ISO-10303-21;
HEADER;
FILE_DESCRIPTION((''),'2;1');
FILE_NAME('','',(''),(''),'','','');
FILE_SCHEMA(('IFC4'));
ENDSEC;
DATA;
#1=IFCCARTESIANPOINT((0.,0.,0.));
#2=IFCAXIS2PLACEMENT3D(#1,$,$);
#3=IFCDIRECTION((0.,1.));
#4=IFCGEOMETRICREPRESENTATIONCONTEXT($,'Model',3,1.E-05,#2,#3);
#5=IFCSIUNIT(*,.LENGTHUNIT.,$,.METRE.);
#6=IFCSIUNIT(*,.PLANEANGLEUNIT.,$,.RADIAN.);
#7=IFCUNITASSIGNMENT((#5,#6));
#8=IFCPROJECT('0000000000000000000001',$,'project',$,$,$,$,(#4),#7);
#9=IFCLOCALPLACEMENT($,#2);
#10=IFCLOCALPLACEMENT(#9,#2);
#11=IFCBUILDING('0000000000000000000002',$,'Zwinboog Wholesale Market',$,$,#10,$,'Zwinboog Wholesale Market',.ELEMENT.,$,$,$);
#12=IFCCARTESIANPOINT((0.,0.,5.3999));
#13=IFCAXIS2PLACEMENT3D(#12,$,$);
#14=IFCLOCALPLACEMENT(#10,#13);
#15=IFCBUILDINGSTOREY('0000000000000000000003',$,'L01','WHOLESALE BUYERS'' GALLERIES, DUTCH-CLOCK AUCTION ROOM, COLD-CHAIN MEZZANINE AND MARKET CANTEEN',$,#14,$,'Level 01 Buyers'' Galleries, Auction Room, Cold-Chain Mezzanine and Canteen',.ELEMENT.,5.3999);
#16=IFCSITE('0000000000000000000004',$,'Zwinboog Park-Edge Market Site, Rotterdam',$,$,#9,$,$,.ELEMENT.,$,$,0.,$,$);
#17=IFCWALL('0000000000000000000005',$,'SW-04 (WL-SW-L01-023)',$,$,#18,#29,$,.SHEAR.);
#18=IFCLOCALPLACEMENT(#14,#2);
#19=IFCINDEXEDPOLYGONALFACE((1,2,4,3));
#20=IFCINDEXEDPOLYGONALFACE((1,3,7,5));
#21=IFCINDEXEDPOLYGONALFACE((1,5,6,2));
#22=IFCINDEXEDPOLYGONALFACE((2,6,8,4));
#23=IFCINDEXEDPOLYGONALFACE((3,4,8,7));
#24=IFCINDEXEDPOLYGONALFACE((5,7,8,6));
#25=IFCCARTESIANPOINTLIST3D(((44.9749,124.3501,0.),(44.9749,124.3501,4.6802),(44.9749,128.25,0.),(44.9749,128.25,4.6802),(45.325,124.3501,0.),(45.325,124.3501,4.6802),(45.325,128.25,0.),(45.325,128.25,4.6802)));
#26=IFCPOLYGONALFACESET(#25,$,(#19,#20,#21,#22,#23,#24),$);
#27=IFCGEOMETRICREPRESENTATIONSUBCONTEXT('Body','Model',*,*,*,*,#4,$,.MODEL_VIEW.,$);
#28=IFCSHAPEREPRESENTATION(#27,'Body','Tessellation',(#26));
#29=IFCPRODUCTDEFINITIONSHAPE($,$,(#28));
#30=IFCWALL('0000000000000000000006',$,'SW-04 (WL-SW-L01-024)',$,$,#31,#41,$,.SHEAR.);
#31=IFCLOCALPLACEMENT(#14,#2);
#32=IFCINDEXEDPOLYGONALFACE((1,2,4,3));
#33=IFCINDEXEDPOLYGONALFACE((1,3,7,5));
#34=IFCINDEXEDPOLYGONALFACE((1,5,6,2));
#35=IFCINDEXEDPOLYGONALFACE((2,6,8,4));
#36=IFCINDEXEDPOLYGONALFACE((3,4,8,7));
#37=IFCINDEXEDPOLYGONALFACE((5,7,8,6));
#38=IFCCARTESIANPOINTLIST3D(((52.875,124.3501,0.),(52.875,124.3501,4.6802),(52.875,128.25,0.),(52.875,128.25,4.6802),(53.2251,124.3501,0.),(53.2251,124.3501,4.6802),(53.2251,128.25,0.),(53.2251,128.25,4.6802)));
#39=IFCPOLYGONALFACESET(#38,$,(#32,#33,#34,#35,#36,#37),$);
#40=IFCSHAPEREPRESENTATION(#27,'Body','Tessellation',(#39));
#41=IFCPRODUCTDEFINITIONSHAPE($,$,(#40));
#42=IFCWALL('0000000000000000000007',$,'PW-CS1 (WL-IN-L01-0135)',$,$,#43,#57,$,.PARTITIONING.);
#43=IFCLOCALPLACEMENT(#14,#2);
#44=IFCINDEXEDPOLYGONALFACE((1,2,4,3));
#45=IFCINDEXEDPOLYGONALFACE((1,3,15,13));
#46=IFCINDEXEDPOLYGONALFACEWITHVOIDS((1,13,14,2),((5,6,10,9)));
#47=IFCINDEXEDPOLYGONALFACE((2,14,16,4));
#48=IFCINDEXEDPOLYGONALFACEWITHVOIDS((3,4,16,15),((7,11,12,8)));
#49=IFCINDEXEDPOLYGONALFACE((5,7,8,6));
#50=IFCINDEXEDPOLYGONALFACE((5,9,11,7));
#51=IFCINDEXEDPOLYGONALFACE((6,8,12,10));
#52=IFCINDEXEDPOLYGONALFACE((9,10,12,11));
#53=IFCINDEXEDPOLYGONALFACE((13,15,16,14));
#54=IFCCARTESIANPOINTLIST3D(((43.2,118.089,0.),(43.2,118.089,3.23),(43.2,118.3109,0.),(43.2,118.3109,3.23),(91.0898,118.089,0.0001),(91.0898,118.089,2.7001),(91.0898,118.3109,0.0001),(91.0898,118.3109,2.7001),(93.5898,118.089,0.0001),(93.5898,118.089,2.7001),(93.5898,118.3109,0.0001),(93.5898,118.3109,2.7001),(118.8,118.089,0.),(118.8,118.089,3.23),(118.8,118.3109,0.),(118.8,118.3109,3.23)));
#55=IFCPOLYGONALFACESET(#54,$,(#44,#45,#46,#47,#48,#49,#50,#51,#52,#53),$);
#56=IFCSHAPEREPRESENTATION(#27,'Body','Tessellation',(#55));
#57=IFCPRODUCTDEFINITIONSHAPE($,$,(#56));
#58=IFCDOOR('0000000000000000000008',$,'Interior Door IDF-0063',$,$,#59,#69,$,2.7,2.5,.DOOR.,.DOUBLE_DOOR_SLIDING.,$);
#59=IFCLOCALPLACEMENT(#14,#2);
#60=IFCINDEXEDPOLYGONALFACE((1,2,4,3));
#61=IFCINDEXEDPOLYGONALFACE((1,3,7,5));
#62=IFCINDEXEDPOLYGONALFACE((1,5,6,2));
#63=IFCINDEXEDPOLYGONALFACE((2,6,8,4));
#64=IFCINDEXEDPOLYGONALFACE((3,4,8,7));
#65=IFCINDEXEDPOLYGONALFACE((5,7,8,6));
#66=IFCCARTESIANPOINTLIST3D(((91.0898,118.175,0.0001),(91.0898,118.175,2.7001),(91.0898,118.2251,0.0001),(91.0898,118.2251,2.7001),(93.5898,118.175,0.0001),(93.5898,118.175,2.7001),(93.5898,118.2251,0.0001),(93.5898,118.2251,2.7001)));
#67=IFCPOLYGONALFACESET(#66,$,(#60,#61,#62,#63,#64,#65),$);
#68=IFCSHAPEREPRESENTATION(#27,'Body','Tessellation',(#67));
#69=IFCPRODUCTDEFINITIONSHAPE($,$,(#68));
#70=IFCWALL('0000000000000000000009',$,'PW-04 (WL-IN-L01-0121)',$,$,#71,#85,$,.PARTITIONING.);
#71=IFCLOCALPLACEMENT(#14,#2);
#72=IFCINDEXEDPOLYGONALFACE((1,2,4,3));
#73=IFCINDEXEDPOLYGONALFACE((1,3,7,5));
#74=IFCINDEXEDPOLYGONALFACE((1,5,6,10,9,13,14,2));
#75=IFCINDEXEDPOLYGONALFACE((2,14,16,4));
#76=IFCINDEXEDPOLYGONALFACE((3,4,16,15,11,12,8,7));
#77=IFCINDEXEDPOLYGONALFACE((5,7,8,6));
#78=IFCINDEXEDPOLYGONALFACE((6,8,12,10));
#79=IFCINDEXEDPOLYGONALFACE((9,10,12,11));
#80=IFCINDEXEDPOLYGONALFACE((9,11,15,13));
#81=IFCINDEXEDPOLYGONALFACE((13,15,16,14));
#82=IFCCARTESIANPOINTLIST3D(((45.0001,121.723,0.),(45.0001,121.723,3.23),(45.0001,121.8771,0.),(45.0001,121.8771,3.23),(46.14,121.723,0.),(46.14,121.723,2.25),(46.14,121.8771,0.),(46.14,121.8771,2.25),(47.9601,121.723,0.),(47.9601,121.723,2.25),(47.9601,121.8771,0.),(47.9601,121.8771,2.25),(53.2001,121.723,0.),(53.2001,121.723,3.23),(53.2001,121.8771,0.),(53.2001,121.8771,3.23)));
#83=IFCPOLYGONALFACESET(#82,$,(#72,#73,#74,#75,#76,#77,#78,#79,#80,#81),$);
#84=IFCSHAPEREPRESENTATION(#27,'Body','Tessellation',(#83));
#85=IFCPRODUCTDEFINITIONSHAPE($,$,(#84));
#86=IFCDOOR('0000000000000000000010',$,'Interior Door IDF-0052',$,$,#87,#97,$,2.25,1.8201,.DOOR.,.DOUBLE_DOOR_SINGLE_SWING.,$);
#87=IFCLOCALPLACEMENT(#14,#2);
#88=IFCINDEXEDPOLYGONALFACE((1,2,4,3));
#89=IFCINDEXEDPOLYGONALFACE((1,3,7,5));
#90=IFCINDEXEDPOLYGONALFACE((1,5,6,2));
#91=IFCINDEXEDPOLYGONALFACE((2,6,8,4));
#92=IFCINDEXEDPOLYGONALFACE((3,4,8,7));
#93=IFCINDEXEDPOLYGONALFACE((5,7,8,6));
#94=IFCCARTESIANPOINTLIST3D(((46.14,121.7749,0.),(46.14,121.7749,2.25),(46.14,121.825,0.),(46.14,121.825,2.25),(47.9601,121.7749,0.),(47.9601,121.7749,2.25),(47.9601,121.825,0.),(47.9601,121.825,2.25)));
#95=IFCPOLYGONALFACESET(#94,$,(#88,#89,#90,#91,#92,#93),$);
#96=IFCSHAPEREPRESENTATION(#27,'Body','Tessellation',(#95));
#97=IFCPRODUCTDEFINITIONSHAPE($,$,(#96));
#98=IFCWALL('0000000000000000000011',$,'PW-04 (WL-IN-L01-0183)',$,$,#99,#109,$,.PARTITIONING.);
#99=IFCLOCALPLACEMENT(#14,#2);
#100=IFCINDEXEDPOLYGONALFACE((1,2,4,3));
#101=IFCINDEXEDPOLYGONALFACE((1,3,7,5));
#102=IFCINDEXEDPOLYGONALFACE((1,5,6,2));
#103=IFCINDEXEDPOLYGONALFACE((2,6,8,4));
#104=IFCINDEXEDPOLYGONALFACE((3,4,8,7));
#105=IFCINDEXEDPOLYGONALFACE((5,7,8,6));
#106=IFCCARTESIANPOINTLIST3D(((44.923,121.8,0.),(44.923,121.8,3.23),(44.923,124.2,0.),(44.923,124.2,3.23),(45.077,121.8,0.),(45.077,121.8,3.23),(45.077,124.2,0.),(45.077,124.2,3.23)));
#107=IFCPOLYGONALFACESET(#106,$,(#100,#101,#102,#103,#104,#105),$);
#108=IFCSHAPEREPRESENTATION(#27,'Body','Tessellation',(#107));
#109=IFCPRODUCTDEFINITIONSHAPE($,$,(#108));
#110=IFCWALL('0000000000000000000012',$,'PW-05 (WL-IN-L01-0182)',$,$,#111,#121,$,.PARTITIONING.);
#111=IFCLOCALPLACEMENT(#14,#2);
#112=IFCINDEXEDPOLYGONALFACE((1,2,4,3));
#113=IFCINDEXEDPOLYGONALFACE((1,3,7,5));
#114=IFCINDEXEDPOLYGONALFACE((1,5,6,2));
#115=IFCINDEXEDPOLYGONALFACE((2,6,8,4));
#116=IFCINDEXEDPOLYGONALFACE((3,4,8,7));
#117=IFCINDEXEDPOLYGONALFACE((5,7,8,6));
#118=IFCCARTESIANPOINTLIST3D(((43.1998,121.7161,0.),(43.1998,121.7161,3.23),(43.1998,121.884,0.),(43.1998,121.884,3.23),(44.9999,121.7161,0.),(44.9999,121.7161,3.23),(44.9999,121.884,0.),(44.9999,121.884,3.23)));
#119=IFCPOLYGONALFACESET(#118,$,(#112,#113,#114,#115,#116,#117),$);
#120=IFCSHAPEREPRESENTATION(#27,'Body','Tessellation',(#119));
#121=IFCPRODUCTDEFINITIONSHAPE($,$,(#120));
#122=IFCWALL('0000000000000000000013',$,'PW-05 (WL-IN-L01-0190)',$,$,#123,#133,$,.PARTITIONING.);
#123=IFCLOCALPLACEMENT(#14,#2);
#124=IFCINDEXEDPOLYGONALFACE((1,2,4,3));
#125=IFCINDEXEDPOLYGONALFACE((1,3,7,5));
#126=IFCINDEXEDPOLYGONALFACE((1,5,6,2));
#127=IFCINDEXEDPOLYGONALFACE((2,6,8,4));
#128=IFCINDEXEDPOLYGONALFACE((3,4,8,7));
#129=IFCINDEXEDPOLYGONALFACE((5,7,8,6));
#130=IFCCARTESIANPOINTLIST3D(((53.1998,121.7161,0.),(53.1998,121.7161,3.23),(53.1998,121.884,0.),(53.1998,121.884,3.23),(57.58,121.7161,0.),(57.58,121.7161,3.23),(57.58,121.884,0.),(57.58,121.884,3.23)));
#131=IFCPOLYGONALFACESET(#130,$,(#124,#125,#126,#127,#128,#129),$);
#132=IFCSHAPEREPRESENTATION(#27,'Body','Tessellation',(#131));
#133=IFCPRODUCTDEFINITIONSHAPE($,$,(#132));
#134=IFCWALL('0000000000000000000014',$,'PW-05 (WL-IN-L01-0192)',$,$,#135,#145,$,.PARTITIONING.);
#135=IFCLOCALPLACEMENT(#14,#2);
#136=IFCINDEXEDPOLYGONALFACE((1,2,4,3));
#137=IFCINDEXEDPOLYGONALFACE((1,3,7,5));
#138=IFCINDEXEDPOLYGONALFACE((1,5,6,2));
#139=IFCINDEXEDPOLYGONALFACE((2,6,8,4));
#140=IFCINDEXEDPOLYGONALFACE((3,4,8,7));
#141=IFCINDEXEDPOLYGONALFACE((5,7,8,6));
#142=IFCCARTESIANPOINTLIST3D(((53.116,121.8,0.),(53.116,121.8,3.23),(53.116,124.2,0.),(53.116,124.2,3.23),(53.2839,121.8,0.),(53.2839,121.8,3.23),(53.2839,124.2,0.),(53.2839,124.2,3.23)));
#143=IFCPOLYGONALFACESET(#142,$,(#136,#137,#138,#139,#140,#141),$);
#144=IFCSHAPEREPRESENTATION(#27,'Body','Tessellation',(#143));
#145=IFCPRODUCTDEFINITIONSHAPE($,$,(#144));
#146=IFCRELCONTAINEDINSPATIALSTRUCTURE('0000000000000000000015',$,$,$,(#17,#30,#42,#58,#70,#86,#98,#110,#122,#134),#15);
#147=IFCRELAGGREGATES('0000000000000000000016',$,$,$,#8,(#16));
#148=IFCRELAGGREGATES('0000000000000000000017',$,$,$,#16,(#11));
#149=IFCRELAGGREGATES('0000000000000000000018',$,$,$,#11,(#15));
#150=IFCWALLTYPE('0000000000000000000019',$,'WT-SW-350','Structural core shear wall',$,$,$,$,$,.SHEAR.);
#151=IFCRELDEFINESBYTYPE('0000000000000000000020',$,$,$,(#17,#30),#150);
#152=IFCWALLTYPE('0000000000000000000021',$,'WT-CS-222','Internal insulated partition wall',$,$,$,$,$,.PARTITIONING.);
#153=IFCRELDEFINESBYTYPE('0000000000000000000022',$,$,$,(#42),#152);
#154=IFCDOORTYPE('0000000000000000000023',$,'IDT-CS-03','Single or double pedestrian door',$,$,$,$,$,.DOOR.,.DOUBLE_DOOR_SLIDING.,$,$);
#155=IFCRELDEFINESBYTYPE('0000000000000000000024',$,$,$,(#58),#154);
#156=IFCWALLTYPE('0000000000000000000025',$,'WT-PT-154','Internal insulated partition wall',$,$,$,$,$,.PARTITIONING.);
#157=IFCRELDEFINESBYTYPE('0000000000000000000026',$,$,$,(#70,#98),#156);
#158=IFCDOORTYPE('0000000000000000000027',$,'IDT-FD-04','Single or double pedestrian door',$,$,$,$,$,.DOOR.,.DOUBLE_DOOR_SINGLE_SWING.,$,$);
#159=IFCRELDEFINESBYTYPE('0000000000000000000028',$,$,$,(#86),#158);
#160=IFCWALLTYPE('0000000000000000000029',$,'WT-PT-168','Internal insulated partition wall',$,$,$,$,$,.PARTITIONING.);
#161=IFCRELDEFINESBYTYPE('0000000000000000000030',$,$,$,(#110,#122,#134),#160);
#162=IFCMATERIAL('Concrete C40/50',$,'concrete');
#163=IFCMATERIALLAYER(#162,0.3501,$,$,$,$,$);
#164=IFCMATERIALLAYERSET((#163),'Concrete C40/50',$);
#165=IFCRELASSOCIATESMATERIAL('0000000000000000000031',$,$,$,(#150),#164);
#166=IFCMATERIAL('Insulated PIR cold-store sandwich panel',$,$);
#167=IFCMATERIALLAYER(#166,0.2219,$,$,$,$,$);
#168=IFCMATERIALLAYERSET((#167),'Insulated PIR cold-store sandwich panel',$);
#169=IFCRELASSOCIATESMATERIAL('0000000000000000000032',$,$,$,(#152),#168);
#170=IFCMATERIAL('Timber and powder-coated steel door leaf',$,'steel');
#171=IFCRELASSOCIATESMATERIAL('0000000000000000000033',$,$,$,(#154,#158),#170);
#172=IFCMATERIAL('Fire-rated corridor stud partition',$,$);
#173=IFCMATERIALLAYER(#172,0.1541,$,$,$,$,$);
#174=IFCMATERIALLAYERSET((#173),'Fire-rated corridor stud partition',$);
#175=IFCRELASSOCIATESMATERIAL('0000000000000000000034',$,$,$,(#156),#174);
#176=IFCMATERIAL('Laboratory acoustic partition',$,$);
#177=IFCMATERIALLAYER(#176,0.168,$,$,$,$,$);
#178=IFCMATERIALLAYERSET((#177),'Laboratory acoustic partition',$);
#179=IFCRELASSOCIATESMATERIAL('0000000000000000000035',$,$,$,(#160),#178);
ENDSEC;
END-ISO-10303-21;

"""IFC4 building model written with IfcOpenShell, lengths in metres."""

from ifc_helpers import new_model, si_unit, direction, frame, frame_2d, origin, place, context, subcontext, project, spatial, rectangle, extrude, material, layer, layer_set, type_object, element, fill, save


model = new_model("IFC4")

# Units and contexts
model_context = context("Model", 3, precision=1e-05, world=origin(), true_north=direction((0.0, 1.0)))
body_context = subcontext(model_context, "Body", "Model", "MODEL_VIEW")
ifc_project = project(units=[si_unit("LENGTHUNIT", "METRE"), si_unit("PLANEANGLEUNIT", "RADIAN")], contexts=[model_context])

# Site, building, storey
site_placement = place(None, origin())
site = spatial("IfcSite", under=ifc_project, at=site_placement, Name="Zwinboog Park-Edge Market Site, Rotterdam", CompositionType="ELEMENT", RefElevation=0.0)
building_placement = place(site_placement, origin())
building = spatial("IfcBuilding", under=site, at=building_placement, Name="Zwinboog Wholesale Market", LongName="Zwinboog Wholesale Market", CompositionType="ELEMENT")
storey_placement = place(building_placement, frame((0.0, 0.0, 5.3999)))
storey = spatial("IfcBuildingStorey", under=building, at=storey_placement, Name="L01", Description="WHOLESALE BUYERS' GALLERIES, DUTCH-CLOCK AUCTION ROOM, COLD-CHAIN MEZZANINE AND MARKET CANTEEN", LongName="Level 01 Buyers' Galleries, Auction Room, Cold-Chain Mezzanine and Canteen", CompositionType="ELEMENT", Elevation=5.3999)

# Shared definitions
ifc_material_1 = material(Name="Concrete C40/50", Category="concrete")
ifc_layer_1 = layer(ifc_material_1, 0.3501)
ifc_layer_set_1 = layer_set([ifc_layer_1], Name="Concrete C40/50")
wall_type_1 = type_object("IfcWallType", Name="WT-SW-350", Description="Structural core shear wall", PredefinedType="SHEAR", material=ifc_layer_set_1)
ifc_material_2 = material(Name="Timber and powder-coated steel door leaf", Category="steel")

# Walls
for number, where, z_axis, x_axis, name in (
    (1, (45.1499, 124.3501, 0.0), (0.0, 0.0, 1.0), (0.0, 1.0, 0.0), "SW-04 (WL-SW-L01-023)"),
    (2, (53.05, 124.3501, 0.0), (0.0, 0.0, 1.0), (0.0, 1.0, 0.0), "SW-04 (WL-SW-L01-024)"),
):
    element("IfcWall", number, at=place(storey_placement, frame(where, z_axis=z_axis, x_axis=x_axis)), inside=storey, type_object=wall_type_1, Name=name, PredefinedType="SHEAR", context=body_context, shape_type="SweptSolid", body=[
        extrude(rectangle(XDim=3.8999, YDim=0.3501, at=frame_2d((1.95, 0.0))), origin(), (0.0, 0.0, 1.0), 4.6802),
    ])

# Walls, openings, doors
ifc_material_3 = material(Name="Insulated PIR cold-store sandwich panel")
ifc_layer_2 = layer(ifc_material_3, 0.2219)
ifc_layer_set_2 = layer_set([ifc_layer_2], Name="Insulated PIR cold-store sandwich panel")
wall_type_2 = type_object("IfcWallType", Name="WT-CS-222", Description="Internal insulated partition wall", PredefinedType="PARTITIONING", material=ifc_layer_set_2)
wall_1_placement = place(storey_placement, frame((43.2, 118.2, 0.0), z_axis=(0.0, 0.0, 1.0), x_axis=(1.0, 0.0, 0.0)))
wall_1 = element("IfcWall", 3, at=wall_1_placement, inside=storey, type_object=wall_type_2, Name="PW-CS1 (WL-IN-L01-0135)", PredefinedType="PARTITIONING", context=body_context, shape_type="SweptSolid", body=[
    extrude(rectangle(XDim=75.6001, YDim=0.2219, at=frame_2d((37.8, 0.0))), origin(), (0.0, 0.0, 1.0), 3.23),
])
opening_1_placement = place(wall_1_placement, frame((47.8899, 0.0, 0.0)))
opening_1 = element("IfcOpeningElement", 4, at=opening_1_placement, cuts=wall_1, PredefinedType="OPENING", context=body_context, shape_type="SweptSolid", body=[
    extrude(rectangle(XDim=2.5, YDim=2.7, at=frame_2d((1.25, 1.3501))), frame((0.0, 0.1208, 0.0), z_axis=(0.0, -1.0, 0.0), x_axis=(1.0, 0.0, 0.0)), (0.0, 0.0, 1.0), 0.2419),
])
door_type_1 = type_object("IfcDoorType", Name="IDT-CS-03", Description="Single or double pedestrian door", OperationType="DOUBLE_DOOR_SLIDING", PredefinedType="DOOR", material=ifc_material_2)
door_1_placement = place(opening_1_placement, frame((2.5, 0.0, 0.0), z_axis=(0.0, 0.0, 1.0), x_axis=(-1.0, 0.0, 0.0)))
door_1 = element("IfcDoor", 5, at=door_1_placement, inside=storey, type_object=door_type_1, Name="Interior Door IDF-0063", OperationType="DOUBLE_DOOR_SLIDING", OverallHeight=2.7, OverallWidth=2.5, PredefinedType="DOOR", context=body_context, shape_type="SweptSolid", body=[
    extrude(rectangle(XDim=2.5, YDim=2.7, at=frame_2d((1.25, 1.3501))), frame((0.0, 0.0249, 0.0), z_axis=(0.0, -1.0, 0.0), x_axis=(1.0, 0.0, 0.0)), (0.0, 0.0, 1.0), 0.05),
])
fill(opening_1, door_1)
ifc_material_4 = material(Name="Fire-rated corridor stud partition")
ifc_layer_3 = layer(ifc_material_4, 0.1541)
ifc_layer_set_3 = layer_set([ifc_layer_3], Name="Fire-rated corridor stud partition")
wall_type_3 = type_object("IfcWallType", Name="WT-PT-154", Description="Internal insulated partition wall", PredefinedType="PARTITIONING", material=ifc_layer_set_3)
wall_2_placement = place(storey_placement, frame((45.0, 121.8, 0.0), z_axis=(0.0, 0.0, 1.0), x_axis=(1.0, 0.0, 0.0)))
wall_2 = element("IfcWall", 6, at=wall_2_placement, inside=storey, type_object=wall_type_3, Name="PW-04 (WL-IN-L01-0121)", PredefinedType="PARTITIONING", context=body_context, shape_type="SweptSolid", body=[
    extrude(rectangle(XDim=8.2, YDim=0.1541, at=frame_2d((4.1001, 0.0))), origin(), (0.0, 0.0, 1.0), 3.23),
])
opening_2_placement = place(wall_2_placement, frame((1.1399, 0.0, 0.0)))
opening_2 = element("IfcOpeningElement", 7, at=opening_2_placement, cuts=wall_2, PredefinedType="OPENING", context=body_context, shape_type="SweptSolid", body=[
    extrude(rectangle(XDim=1.8201, YDim=2.25, at=frame_2d((0.9102, 1.125))), frame((0.0, 0.0869, 0.0), z_axis=(0.0, -1.0, 0.0), x_axis=(1.0, 0.0, 0.0)), (0.0, 0.0, 1.0), 0.1741),
])
door_type_2 = type_object("IfcDoorType", Name="IDT-FD-04", Description="Single or double pedestrian door", OperationType="DOUBLE_DOOR_SINGLE_SWING", PredefinedType="DOOR", material=ifc_material_2)
door_2_placement = place(opening_2_placement, origin())
door_2 = element("IfcDoor", 8, at=door_2_placement, inside=storey, type_object=door_type_2, Name="Interior Door IDF-0052", OperationType="DOUBLE_DOOR_SINGLE_SWING", OverallHeight=2.25, OverallWidth=1.8201, PredefinedType="DOOR", context=body_context, shape_type="SweptSolid", body=[
    extrude(rectangle(XDim=1.8201, YDim=2.25, at=frame_2d((0.9102, 1.125))), frame((0.0, 0.0249, 0.0), z_axis=(0.0, -1.0, 0.0), x_axis=(1.0, 0.0, 0.0)), (0.0, 0.0, 1.0), 0.05),
])
fill(opening_2, door_2)

# Walls
wall_3_placement = place(storey_placement, frame((45.0, 121.8, 0.0), z_axis=(0.0, 0.0, 1.0), x_axis=(0.0, 1.0, 0.0)))
element("IfcWall", 9, at=wall_3_placement, inside=storey, type_object=wall_type_3, Name="PW-04 (WL-IN-L01-0183)", PredefinedType="PARTITIONING", context=body_context, shape_type="SweptSolid", body=[
    extrude(rectangle(XDim=2.3999, YDim=0.1541, at=frame_2d((1.2, 0.0))), origin(), (0.0, 0.0, 1.0), 3.23),
])
ifc_material_5 = material(Name="Laboratory acoustic partition")
ifc_layer_4 = layer(ifc_material_5, 0.168)
ifc_layer_set_4 = layer_set([ifc_layer_4], Name="Laboratory acoustic partition")
wall_type_4 = type_object("IfcWallType", Name="WT-PT-168", Description="Internal insulated partition wall", PredefinedType="PARTITIONING", material=ifc_layer_set_4)
wall_4_placement = place(storey_placement, frame((43.2, 121.8, 0.0), z_axis=(0.0, 0.0, 1.0), x_axis=(1.0, 0.0, 0.0)))
element("IfcWall", 10, at=wall_4_placement, inside=storey, type_object=wall_type_4, Name="PW-05 (WL-IN-L01-0182)", PredefinedType="PARTITIONING", context=body_context, shape_type="SweptSolid", body=[
    extrude(rectangle(XDim=1.8, YDim=0.168, at=frame_2d((0.8999, 0.0))), origin(), (0.0, 0.0, 1.0), 3.23),
])
wall_5_placement = place(storey_placement, frame((53.2, 121.8, 0.0), z_axis=(0.0, 0.0, 1.0), x_axis=(1.0, 0.0, 0.0)))
element("IfcWall", 11, at=wall_5_placement, inside=storey, type_object=wall_type_4, Name="PW-05 (WL-IN-L01-0190)", PredefinedType="PARTITIONING", context=body_context, shape_type="SweptSolid", body=[
    extrude(rectangle(XDim=4.3801, YDim=0.168, at=frame_2d((2.1899, 0.0))), origin(), (0.0, 0.0, 1.0), 3.23),
])
wall_6_placement = place(storey_placement, frame((53.2, 121.8, 0.0), z_axis=(0.0, 0.0, 1.0), x_axis=(0.0, 1.0, 0.0)))
element("IfcWall", 12, at=wall_6_placement, inside=storey, type_object=wall_type_4, Name="PW-05 (WL-IN-L01-0192)", PredefinedType="PARTITIONING", context=body_context, shape_type="SweptSolid", body=[
    extrude(rectangle(XDim=2.3999, YDim=0.168, at=frame_2d((1.2, 0.0))), origin(), (0.0, 0.0, 1.0), 3.23),
])

save(model, "model.ifc")
